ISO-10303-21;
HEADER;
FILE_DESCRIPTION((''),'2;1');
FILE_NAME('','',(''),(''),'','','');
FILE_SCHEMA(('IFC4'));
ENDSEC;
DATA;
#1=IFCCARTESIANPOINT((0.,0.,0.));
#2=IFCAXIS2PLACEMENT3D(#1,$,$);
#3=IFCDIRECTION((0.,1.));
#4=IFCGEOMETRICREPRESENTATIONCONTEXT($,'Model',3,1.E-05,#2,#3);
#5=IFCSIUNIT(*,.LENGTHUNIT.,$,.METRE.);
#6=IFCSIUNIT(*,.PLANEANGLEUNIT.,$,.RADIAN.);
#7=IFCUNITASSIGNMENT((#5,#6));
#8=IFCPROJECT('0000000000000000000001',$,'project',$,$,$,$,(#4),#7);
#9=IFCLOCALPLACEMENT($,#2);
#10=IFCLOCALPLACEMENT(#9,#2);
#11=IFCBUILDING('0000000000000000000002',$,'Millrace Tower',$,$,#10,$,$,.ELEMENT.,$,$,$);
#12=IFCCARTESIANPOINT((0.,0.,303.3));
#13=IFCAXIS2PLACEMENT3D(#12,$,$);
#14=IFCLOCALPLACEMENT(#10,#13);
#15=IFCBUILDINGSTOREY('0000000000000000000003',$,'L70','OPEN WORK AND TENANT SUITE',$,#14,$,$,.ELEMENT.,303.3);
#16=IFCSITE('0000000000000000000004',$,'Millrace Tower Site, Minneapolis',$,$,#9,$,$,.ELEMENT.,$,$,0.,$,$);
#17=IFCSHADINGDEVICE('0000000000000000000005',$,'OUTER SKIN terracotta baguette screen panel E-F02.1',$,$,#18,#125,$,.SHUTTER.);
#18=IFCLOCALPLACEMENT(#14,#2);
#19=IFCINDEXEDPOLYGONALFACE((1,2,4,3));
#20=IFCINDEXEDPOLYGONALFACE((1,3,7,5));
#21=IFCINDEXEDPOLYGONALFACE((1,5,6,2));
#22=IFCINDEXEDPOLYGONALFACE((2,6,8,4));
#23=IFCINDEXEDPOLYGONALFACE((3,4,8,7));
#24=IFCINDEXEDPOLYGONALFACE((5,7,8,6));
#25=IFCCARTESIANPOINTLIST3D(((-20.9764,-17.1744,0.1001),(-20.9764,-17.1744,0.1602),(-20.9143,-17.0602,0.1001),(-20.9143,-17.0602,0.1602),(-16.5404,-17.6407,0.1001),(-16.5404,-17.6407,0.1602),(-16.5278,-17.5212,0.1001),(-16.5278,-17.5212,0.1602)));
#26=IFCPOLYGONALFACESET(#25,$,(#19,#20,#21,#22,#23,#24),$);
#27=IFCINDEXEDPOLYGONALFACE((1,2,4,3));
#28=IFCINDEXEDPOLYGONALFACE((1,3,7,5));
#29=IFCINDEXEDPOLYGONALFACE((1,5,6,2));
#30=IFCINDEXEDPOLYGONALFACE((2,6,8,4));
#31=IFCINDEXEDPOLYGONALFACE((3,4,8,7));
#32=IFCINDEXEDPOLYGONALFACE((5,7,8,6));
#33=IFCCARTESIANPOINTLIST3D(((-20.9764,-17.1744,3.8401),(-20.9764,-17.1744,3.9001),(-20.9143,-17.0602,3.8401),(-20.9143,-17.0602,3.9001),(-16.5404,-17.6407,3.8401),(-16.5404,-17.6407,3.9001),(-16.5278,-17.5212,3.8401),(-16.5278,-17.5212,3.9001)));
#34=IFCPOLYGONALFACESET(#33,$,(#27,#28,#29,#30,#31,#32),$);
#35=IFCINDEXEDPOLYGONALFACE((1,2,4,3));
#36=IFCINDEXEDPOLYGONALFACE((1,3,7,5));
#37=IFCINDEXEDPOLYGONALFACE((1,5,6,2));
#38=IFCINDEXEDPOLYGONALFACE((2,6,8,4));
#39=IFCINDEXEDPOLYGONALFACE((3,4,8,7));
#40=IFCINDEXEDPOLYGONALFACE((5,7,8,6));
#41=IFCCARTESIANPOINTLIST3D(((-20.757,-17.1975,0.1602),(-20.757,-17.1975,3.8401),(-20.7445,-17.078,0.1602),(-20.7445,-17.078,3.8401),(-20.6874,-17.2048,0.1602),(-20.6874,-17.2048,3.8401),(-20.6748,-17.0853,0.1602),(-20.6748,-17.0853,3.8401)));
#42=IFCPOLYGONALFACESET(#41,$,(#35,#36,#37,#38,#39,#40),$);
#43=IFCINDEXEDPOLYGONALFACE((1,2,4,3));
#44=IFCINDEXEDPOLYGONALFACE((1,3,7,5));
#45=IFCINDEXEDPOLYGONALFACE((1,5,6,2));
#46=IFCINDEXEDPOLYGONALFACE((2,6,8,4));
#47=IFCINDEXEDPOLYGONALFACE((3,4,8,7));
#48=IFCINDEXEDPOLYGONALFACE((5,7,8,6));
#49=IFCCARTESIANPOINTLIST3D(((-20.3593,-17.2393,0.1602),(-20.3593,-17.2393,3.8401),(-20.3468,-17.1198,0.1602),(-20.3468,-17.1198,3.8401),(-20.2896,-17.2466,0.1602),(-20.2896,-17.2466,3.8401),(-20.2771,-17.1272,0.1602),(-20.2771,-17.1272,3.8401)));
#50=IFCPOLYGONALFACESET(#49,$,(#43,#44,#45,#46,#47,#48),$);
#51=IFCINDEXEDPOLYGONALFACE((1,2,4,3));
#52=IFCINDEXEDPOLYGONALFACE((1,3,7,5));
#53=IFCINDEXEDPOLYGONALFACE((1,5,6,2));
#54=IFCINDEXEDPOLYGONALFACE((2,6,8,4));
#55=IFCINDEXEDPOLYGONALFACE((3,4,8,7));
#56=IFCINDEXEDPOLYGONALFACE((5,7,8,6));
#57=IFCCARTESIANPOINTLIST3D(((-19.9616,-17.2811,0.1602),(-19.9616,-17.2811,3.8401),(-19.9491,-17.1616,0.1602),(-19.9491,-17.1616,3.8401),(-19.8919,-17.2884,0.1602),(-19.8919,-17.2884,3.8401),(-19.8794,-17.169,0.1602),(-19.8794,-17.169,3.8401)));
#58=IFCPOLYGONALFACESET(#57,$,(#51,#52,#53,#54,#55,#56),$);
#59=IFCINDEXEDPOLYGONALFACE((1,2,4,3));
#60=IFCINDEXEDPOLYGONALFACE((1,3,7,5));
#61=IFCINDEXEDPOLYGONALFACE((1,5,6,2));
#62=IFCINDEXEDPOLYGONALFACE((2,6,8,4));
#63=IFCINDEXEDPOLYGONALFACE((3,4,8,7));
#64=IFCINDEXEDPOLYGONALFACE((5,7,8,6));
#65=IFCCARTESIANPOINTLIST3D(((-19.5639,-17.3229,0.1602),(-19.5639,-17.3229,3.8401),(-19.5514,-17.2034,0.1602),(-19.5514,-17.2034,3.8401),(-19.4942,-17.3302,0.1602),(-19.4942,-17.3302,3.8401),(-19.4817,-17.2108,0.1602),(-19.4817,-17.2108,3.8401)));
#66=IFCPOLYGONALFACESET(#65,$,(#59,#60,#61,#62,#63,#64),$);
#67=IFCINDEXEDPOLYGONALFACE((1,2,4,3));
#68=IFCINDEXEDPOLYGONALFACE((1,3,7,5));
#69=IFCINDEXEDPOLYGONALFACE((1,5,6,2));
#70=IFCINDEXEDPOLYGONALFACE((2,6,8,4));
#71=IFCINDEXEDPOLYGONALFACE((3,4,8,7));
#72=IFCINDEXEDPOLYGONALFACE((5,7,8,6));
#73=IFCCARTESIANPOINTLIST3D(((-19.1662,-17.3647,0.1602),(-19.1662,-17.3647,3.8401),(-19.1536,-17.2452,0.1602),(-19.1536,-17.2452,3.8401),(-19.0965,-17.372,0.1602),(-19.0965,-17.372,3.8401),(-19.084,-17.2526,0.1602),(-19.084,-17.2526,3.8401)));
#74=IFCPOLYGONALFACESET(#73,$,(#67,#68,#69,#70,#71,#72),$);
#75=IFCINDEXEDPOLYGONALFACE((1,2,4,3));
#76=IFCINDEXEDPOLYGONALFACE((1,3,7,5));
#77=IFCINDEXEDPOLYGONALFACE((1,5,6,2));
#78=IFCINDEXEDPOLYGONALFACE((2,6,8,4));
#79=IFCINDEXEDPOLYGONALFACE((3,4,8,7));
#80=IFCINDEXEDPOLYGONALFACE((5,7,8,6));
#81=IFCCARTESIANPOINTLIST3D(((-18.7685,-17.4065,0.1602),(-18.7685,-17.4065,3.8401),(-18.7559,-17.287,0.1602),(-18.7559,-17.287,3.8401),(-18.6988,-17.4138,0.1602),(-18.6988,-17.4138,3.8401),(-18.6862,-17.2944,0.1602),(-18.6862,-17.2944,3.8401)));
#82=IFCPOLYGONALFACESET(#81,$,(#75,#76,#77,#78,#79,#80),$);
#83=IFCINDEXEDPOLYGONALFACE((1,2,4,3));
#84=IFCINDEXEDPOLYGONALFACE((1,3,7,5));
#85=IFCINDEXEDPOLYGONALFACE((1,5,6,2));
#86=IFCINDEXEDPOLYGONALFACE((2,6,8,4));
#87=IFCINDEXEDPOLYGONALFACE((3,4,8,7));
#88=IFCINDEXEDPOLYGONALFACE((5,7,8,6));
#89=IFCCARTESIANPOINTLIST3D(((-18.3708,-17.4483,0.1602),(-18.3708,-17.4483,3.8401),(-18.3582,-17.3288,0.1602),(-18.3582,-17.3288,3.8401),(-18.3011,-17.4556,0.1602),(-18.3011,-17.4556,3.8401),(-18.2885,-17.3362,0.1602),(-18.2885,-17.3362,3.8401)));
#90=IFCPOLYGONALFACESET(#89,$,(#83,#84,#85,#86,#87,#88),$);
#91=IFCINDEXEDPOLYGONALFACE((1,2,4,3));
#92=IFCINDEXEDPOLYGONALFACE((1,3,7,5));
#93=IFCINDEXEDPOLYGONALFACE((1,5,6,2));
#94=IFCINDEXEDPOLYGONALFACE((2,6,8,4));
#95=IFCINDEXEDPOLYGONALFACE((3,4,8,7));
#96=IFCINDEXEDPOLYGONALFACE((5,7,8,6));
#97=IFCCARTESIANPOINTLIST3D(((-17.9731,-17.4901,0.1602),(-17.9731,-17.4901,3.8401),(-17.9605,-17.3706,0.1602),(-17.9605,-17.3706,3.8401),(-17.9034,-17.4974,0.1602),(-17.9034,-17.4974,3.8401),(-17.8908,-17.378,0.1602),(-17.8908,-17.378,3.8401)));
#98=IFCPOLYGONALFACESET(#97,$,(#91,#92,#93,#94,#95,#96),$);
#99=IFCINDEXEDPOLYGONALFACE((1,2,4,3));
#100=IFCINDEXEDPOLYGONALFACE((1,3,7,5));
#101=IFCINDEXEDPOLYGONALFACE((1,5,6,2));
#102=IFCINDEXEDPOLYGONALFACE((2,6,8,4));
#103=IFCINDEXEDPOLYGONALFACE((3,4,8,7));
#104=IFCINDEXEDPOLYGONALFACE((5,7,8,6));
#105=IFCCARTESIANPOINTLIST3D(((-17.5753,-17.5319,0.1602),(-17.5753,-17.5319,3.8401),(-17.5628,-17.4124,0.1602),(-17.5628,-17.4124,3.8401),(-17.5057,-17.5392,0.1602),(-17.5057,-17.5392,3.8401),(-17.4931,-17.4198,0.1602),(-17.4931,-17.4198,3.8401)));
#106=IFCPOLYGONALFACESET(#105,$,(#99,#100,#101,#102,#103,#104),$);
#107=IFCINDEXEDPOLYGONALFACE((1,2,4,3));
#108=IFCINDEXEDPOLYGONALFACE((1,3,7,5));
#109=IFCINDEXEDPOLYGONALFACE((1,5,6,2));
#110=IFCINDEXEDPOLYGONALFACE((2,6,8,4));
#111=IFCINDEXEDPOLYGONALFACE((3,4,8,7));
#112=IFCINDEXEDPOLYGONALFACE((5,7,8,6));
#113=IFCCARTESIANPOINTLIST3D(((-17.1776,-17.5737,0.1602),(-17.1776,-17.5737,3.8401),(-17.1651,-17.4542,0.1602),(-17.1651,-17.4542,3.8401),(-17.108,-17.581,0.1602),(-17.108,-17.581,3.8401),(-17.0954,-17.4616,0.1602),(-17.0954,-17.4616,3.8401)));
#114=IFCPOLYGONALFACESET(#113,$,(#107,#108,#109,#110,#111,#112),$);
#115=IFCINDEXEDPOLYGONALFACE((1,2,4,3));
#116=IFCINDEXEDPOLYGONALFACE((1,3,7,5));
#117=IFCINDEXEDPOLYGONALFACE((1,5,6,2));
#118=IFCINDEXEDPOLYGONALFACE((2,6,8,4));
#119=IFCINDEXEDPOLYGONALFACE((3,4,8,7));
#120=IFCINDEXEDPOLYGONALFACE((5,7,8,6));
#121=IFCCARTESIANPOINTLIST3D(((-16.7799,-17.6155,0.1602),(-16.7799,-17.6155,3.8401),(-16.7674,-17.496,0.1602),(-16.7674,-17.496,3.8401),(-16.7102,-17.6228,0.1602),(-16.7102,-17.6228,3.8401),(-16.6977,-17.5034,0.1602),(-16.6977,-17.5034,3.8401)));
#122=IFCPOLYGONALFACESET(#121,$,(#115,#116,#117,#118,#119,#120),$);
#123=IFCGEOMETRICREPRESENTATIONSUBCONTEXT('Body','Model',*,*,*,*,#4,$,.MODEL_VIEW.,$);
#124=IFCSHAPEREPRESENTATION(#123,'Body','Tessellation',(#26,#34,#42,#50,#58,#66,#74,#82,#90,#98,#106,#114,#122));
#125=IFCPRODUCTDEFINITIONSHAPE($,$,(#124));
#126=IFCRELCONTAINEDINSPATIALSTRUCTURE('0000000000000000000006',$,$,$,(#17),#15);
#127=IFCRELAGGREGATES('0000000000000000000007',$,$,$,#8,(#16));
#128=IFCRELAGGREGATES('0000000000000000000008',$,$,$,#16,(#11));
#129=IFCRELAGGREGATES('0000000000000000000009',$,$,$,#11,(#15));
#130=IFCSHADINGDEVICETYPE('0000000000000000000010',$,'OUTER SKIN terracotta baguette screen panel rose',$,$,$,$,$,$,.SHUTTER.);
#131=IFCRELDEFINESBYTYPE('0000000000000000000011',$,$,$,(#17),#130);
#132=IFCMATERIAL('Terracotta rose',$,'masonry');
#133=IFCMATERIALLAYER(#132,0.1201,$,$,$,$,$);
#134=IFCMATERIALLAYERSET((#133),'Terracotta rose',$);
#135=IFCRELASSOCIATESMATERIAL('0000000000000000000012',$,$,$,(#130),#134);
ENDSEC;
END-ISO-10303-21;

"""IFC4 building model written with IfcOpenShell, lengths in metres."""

from ifc_helpers import new_model, entity, si_unit, direction, frame, frame_2d, origin, place, context, subcontext, project, spatial, rectangle, extrude, source, transform, mapped, material, layer, layer_set, type_object, element, save


model = new_model("IFC4")

# Units and contexts
model_context = context("Model", 3, precision=1e-05, world=origin(), true_north=direction((0.0, 1.0)))
body_context = subcontext(model_context, "Body", "Model", "MODEL_VIEW")
ifc_project = project(units=[si_unit("LENGTHUNIT", "METRE"), si_unit("PLANEANGLEUNIT", "RADIAN")], contexts=[model_context])

# Site, building, storey
site_placement = place(None, origin())
site = spatial("IfcSite", under=ifc_project, at=site_placement, Name="Millrace Tower Site, Minneapolis", CompositionType="ELEMENT", RefElevation=0.0)
building_placement = place(site_placement, origin())
building = spatial("IfcBuilding", under=site, at=building_placement, Name="Millrace Tower", CompositionType="ELEMENT")
storey_placement = place(building_placement, frame((0.0, 0.0, 303.3)))
storey = spatial("IfcBuildingStorey", under=building, at=storey_placement, Name="L70", Description="OPEN WORK AND TENANT SUITE", CompositionType="ELEMENT", Elevation=303.3)

# Shading device
ifc_material_1 = material(Name="Terracotta rose", Category="masonry")
ifc_layer_1 = layer(ifc_material_1, 0.1201)
ifc_layer_set_1 = layer_set([ifc_layer_1], Name="Terracotta rose")
shading_device_type = type_object("IfcShadingDeviceType", Name="OUTER SKIN terracotta baguette screen panel rose", PredefinedType="SHUTTER", material=ifc_layer_set_1)
cartesian_point_1 = entity("IfcCartesianPoint", [-2.1929, 0.0601])
shared_polyline_1 = entity("IfcPolyline", [cartesian_point_1, entity("IfcCartesianPoint", [2.2178, 0.0601]), entity("IfcCartesianPoint", [2.2178, -0.0601]), entity("IfcCartesianPoint", [-2.2427, -0.0601]), cartesian_point_1])
shared_shape_1 = source(origin(), body_context, "Body", "SweptSolid", [
    entity("IfcExtrudedAreaSolid", entity("IfcArbitraryClosedProfileDef", "AREA", None, shared_polyline_1), entity("IfcAxis2Placement3D", entity("IfcCartesianPoint", [0.0, 0.0, 0.0])), entity("IfcDirection", [0.0, 0.0, 1.0]), 0.0601),
    entity("IfcExtrudedAreaSolid", entity("IfcArbitraryClosedProfileDef", "AREA", None, shared_polyline_1), entity("IfcAxis2Placement3D", entity("IfcCartesianPoint", [0.0, 0.0, 3.74])), entity("IfcDirection", [0.0, 0.0, 1.0]), 0.0601),
    extrude(rectangle(XDim=0.0701, YDim=0.1201, at=frame_2d((-1.9871, 0.0))), frame((0.0, 0.0, 0.0601)), (0.0, 0.0, 1.0), 3.6799),
    extrude(rectangle(XDim=0.0701, YDim=0.1201, at=frame_2d((-1.5872, 0.0))), frame((0.0, 0.0, 0.0601)), (0.0, 0.0, 1.0), 3.6799),
    extrude(rectangle(XDim=0.0701, YDim=0.1201, at=frame_2d((-1.1873, 0.0))), frame((0.0, 0.0, 0.0601)), (0.0, 0.0, 1.0), 3.6799),
    extrude(rectangle(XDim=0.0701, YDim=0.1201, at=frame_2d((-0.7874, 0.0))), frame((0.0, 0.0, 0.0601)), (0.0, 0.0, 1.0), 3.6799),
    extrude(rectangle(XDim=0.0701, YDim=0.1201, at=frame_2d((-0.3875, 0.0))), frame((0.0, 0.0, 0.0601)), (0.0, 0.0, 1.0), 3.6799),
    extrude(rectangle(XDim=0.0701, YDim=0.1201, at=frame_2d((0.0125, 0.0))), frame((0.0, 0.0, 0.0601)), (0.0, 0.0, 1.0), 3.6799),
    extrude(rectangle(XDim=0.0701, YDim=0.1201, at=frame_2d((0.4124, 0.0))), frame((0.0, 0.0, 0.0601)), (0.0, 0.0, 1.0), 3.6799),
    extrude(rectangle(XDim=0.0701, YDim=0.1201, at=frame_2d((0.8123, 0.0))), frame((0.0, 0.0, 0.0601)), (0.0, 0.0, 1.0), 3.6799),
    extrude(rectangle(XDim=0.0701, YDim=0.1201, at=frame_2d((1.2122, 0.0))), frame((0.0, 0.0, 0.0601)), (0.0, 0.0, 1.0), 3.6799),
    extrude(rectangle(XDim=0.0701, YDim=0.1201, at=frame_2d((1.6121, 0.0))), frame((0.0, 0.0, 0.0601)), (0.0, 0.0, 1.0), 3.6799),
    extrude(rectangle(XDim=0.0701, YDim=0.1201, at=frame_2d((2.012, 0.0))), frame((0.0, 0.0, 0.0601)), (0.0, 0.0, 1.0), 3.6799),
])
shading_device_1_placement = place(storey_placement, frame((-18.7397, -17.3491, 0.1001), z_axis=(0.0, 0.0, 1.0), x_axis=(0.994522, -0.104528, 0.0)))
element("IfcShadingDevice", 1, at=shading_device_1_placement, inside=storey, type_object=shading_device_type, Name="OUTER SKIN terracotta baguette screen panel E-F02.1", PredefinedType="SHUTTER", context=body_context, shape_type="MappedRepresentation", body=[
    mapped(shared_shape_1, transform((0.0, 0.0, 0.0), scale=1.0)),
])

save(model, "model.ifc")
